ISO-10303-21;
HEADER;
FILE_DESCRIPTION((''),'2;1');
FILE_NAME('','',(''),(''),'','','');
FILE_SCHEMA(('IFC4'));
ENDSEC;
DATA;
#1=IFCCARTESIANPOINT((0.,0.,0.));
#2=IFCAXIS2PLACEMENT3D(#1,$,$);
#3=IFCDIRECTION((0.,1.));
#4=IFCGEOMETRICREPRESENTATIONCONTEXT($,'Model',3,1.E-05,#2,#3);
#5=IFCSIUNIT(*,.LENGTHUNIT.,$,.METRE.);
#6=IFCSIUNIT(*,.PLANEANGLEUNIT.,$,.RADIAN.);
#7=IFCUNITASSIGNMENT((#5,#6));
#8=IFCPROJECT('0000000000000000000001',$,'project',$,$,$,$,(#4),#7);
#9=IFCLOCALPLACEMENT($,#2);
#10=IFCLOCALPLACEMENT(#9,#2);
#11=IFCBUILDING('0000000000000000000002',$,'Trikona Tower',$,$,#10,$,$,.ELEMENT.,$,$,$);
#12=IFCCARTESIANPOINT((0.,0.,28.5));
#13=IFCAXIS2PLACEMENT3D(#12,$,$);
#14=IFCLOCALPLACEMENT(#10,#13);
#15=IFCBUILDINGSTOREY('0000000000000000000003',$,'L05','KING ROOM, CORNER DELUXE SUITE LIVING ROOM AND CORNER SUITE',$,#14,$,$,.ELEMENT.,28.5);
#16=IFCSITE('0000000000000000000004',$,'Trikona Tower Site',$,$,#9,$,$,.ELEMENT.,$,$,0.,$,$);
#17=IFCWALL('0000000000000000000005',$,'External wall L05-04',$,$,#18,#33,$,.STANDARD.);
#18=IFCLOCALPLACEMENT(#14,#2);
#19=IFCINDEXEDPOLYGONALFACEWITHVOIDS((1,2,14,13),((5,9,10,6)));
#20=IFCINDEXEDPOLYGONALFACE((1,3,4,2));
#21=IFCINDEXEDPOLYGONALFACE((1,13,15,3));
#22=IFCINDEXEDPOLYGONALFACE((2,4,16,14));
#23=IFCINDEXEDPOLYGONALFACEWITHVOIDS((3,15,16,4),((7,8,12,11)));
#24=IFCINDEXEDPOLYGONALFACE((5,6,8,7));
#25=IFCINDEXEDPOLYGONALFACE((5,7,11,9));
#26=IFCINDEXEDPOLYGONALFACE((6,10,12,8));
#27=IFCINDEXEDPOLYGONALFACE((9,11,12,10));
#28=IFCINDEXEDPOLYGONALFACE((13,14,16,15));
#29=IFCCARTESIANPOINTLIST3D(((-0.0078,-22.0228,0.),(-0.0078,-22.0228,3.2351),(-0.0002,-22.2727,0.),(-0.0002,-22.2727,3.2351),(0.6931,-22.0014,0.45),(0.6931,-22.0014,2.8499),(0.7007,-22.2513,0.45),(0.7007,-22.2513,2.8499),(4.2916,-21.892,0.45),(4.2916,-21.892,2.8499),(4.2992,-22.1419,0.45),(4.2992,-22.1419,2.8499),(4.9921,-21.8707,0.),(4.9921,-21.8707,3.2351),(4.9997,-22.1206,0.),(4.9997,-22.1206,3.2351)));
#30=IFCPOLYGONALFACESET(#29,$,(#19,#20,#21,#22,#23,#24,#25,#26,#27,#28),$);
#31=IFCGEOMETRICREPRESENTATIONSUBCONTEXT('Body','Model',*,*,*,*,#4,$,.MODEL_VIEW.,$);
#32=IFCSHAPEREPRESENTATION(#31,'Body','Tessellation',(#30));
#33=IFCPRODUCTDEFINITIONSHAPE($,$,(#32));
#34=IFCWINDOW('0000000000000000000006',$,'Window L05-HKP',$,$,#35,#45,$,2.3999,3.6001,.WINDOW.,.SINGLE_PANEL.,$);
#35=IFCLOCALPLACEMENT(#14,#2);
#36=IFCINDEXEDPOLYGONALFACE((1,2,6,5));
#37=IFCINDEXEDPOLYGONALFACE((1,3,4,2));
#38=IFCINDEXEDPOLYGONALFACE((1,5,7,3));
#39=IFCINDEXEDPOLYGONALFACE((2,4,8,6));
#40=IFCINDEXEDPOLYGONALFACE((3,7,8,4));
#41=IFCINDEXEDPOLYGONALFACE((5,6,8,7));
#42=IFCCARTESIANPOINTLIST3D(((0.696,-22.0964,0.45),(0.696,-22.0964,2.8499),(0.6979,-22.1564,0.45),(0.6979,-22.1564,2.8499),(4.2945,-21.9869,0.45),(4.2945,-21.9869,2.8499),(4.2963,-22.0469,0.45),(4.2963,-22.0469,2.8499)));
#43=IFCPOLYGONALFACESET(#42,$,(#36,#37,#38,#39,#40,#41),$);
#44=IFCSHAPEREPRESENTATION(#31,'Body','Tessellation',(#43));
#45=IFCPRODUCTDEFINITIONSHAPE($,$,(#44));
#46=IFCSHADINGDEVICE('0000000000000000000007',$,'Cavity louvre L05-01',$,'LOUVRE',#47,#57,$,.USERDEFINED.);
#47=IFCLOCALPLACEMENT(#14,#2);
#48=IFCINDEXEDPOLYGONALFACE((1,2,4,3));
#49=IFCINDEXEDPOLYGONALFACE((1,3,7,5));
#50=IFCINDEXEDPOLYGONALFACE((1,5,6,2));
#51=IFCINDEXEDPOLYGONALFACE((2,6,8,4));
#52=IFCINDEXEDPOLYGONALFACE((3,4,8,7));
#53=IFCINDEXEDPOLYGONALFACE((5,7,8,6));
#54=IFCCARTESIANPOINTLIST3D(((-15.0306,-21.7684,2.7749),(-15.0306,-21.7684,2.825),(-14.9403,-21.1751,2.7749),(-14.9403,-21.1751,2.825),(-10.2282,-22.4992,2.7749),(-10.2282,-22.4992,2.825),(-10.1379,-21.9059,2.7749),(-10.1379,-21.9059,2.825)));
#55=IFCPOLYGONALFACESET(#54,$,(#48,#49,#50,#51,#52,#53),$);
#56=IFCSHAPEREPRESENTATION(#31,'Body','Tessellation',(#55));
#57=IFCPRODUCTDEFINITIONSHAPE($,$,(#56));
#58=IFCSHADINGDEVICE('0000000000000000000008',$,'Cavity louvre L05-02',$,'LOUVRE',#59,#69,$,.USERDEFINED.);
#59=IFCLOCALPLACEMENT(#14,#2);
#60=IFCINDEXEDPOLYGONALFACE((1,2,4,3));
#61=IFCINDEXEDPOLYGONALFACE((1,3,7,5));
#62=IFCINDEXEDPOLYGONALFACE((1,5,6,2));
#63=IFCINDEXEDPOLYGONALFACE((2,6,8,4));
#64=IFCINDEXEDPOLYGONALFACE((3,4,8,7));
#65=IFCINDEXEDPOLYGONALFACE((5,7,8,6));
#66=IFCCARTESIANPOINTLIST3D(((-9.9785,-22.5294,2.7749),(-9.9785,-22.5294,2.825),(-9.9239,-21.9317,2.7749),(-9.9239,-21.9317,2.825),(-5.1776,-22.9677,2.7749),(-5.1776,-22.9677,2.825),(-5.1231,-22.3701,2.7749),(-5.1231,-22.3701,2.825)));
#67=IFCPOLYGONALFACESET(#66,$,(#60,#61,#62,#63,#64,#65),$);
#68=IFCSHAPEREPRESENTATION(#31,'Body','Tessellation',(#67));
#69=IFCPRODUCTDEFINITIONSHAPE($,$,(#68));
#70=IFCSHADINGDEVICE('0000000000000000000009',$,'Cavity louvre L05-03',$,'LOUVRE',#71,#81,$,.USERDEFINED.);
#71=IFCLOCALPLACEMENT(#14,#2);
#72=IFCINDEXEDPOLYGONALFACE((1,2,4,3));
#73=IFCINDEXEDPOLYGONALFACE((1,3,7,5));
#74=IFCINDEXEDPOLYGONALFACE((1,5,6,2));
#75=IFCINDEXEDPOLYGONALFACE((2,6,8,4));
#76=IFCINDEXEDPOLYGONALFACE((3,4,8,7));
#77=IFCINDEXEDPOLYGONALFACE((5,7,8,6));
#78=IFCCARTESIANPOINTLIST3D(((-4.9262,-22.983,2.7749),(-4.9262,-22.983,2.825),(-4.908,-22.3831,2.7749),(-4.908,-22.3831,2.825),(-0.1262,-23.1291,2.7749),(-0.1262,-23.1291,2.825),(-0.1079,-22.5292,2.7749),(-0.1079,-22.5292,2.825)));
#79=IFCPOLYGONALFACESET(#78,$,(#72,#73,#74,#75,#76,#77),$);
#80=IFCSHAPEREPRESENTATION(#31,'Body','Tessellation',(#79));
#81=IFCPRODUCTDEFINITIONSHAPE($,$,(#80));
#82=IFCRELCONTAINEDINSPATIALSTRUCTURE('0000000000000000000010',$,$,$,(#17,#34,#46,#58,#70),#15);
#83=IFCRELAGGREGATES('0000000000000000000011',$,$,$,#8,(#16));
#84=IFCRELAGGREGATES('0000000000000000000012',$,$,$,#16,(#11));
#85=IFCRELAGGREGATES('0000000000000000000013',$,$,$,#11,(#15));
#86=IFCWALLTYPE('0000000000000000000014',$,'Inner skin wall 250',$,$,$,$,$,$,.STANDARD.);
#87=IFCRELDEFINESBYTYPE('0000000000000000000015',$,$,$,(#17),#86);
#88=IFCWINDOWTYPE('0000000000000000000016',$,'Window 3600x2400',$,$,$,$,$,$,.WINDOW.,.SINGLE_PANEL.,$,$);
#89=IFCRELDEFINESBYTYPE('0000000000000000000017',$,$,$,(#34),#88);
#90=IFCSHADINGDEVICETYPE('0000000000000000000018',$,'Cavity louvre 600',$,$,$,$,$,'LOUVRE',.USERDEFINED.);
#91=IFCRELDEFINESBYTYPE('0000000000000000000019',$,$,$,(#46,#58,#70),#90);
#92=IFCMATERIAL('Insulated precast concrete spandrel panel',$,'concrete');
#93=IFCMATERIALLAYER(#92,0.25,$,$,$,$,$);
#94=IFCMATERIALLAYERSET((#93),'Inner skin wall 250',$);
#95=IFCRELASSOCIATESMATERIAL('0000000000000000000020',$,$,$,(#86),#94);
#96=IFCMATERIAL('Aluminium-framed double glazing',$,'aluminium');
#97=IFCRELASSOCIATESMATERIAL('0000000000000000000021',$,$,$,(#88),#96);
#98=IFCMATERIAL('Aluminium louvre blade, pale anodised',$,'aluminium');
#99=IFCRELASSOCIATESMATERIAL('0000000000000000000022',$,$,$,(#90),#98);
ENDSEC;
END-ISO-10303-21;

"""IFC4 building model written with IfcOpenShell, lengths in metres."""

from ifc_helpers import new_model, si_unit, direction, frame, frame_2d, origin, origin_2d, place, context, subcontext, project, spatial, rectangle, extrude, material, layer, layer_set, type_object, element, fill, save


model = new_model("IFC4")

# Units and contexts
model_context = context("Model", 3, precision=1e-05, world=origin(), true_north=direction((0.0, 1.0)))
body_context = subcontext(model_context, "Body", "Model", "MODEL_VIEW")
ifc_project = project(units=[si_unit("LENGTHUNIT", "METRE"), si_unit("PLANEANGLEUNIT", "RADIAN")], contexts=[model_context])

# Site, building, storey
site_placement = place(None, origin())
site = spatial("IfcSite", under=ifc_project, at=site_placement, Name="Trikona Tower Site", CompositionType="ELEMENT", RefElevation=0.0)
building_placement = place(site_placement, origin())
building = spatial("IfcBuilding", under=site, at=building_placement, Name="Trikona Tower", CompositionType="ELEMENT")
storey_placement = place(building_placement, frame((0.0, 0.0, 28.5)))
storey = spatial("IfcBuildingStorey", under=building, at=storey_placement, Name="L05", Description="KING ROOM, CORNER DELUXE SUITE LIVING ROOM AND CORNER SUITE", CompositionType="ELEMENT", Elevation=28.5)

# Wall, opening, window
ifc_material_1 = material(Name="Insulated precast concrete spandrel panel", Category="concrete")
ifc_layer_1 = layer(ifc_material_1, 0.25)
ifc_layer_set_1 = layer_set([ifc_layer_1], Name="Inner skin wall 250")
wall_type = type_object("IfcWallType", Name="Inner skin wall 250", PredefinedType="STANDARD", material=ifc_layer_set_1)
ifc_material_2 = material(Name="Aluminium-framed double glazing", Category="aluminium")
window_type = type_object("IfcWindowType", Name="Window 3600x2400", PartitioningType="SINGLE_PANEL", PredefinedType="WINDOW", material=ifc_material_2)
wall_1_placement = place(storey_placement, frame((-0.0039, -22.1477, 0.0), z_axis=(0.0, 0.0, 1.0), x_axis=(0.999538, 0.030406, 0.0)))
wall_1 = element("IfcWall", 1, at=wall_1_placement, inside=storey, type_object=wall_type, Name="External wall L05-04", PredefinedType="STANDARD", context=body_context, shape_type="SweptSolid", body=[
    extrude(rectangle(XDim=5.0022, YDim=0.25, at=frame_2d((2.501, 0.0))), origin(), (0.0, 0.0, 1.0), 3.2351),
])
opening_1_placement = place(wall_1_placement, frame((0.7012, 0.0, 0.45)))
opening_1 = element("IfcOpeningElement", 2, at=opening_1_placement, cuts=wall_1, PredefinedType="OPENING", context=body_context, shape_type="SweptSolid", body=[
    extrude(rectangle(XDim=3.6001, YDim=2.3999, at=frame_2d((1.8, 1.2))), frame((0.0, 0.135, 0.0), z_axis=(0.0, -1.0, 0.0), x_axis=(1.0, 0.0, 0.0)), (0.0, 0.0, 1.0), 0.27),
])
window_1_placement = place(opening_1_placement, origin())
window_1 = element("IfcWindow", 3, at=window_1_placement, inside=storey, type_object=window_type, Name="Window L05-HKP", OverallHeight=2.3999, OverallWidth=3.6001, PartitioningType="SINGLE_PANEL", PredefinedType="WINDOW", context=body_context, shape_type="SweptSolid", body=[
    extrude(rectangle(XDim=3.6001, YDim=2.3999, at=frame_2d((1.8, 1.2))), frame((0.0, 0.03, 0.0), z_axis=(0.0, -1.0, 0.0), x_axis=(1.0, 0.0, 0.0)), (0.0, 0.0, 1.0), 0.0601),
])
fill(opening_1, window_1)

# Shading devices
ifc_material_3 = material(Name="Aluminium louvre blade, pale anodised", Category="aluminium")
shading_device_type = type_object("IfcShadingDeviceType", Name="Cavity louvre 600", ElementType="LOUVRE", PredefinedType="USERDEFINED", material=ifc_material_3)
shading_device_1_placement = place(storey_placement, frame((-12.5842, -21.8372, 2.7749), z_axis=(0.0, 0.0, 1.0), x_axis=(0.988618, -0.150448, 0.0)))
element("IfcShadingDevice", 4, at=shading_device_1_placement, inside=storey, type_object=shading_device_type, Name="Cavity louvre L05-01", ObjectType="LOUVRE", PredefinedType="USERDEFINED", context=body_context, shape_type="SweptSolid", body=[
    extrude(rectangle(XDim=4.8577, YDim=0.6001, at=origin_2d()), origin(), (0.0, 0.0, 1.0), 0.05),
])
shading_device_2_placement = place(storey_placement, frame((-7.5508, -22.4497, 2.7749), z_axis=(0.0, 0.0, 1.0), x_axis=(0.995858, -0.090921, 0.0)))
element("IfcShadingDevice", 5, at=shading_device_2_placement, inside=storey, type_object=shading_device_type, Name="Cavity louvre L05-02", ObjectType="LOUVRE", PredefinedType="USERDEFINED", context=body_context, shape_type="SweptSolid", body=[
    extrude(rectangle(XDim=4.8208, YDim=0.6001, at=origin_2d()), origin(), (0.0, 0.0, 1.0), 0.05),
])
shading_device_3_placement = place(storey_placement, frame((-2.5171, -22.7561, 2.7749), z_axis=(0.0, 0.0, 1.0), x_axis=(0.999537, -0.030425, 0.0)))
element("IfcShadingDevice", 6, at=shading_device_3_placement, inside=storey, type_object=shading_device_type, Name="Cavity louvre L05-03", ObjectType="LOUVRE", PredefinedType="USERDEFINED", context=body_context, shape_type="SweptSolid", body=[
    extrude(rectangle(XDim=4.8022, YDim=0.6001, at=origin_2d()), origin(), (0.0, 0.0, 1.0), 0.05),
])

save(model, "model.ifc")
